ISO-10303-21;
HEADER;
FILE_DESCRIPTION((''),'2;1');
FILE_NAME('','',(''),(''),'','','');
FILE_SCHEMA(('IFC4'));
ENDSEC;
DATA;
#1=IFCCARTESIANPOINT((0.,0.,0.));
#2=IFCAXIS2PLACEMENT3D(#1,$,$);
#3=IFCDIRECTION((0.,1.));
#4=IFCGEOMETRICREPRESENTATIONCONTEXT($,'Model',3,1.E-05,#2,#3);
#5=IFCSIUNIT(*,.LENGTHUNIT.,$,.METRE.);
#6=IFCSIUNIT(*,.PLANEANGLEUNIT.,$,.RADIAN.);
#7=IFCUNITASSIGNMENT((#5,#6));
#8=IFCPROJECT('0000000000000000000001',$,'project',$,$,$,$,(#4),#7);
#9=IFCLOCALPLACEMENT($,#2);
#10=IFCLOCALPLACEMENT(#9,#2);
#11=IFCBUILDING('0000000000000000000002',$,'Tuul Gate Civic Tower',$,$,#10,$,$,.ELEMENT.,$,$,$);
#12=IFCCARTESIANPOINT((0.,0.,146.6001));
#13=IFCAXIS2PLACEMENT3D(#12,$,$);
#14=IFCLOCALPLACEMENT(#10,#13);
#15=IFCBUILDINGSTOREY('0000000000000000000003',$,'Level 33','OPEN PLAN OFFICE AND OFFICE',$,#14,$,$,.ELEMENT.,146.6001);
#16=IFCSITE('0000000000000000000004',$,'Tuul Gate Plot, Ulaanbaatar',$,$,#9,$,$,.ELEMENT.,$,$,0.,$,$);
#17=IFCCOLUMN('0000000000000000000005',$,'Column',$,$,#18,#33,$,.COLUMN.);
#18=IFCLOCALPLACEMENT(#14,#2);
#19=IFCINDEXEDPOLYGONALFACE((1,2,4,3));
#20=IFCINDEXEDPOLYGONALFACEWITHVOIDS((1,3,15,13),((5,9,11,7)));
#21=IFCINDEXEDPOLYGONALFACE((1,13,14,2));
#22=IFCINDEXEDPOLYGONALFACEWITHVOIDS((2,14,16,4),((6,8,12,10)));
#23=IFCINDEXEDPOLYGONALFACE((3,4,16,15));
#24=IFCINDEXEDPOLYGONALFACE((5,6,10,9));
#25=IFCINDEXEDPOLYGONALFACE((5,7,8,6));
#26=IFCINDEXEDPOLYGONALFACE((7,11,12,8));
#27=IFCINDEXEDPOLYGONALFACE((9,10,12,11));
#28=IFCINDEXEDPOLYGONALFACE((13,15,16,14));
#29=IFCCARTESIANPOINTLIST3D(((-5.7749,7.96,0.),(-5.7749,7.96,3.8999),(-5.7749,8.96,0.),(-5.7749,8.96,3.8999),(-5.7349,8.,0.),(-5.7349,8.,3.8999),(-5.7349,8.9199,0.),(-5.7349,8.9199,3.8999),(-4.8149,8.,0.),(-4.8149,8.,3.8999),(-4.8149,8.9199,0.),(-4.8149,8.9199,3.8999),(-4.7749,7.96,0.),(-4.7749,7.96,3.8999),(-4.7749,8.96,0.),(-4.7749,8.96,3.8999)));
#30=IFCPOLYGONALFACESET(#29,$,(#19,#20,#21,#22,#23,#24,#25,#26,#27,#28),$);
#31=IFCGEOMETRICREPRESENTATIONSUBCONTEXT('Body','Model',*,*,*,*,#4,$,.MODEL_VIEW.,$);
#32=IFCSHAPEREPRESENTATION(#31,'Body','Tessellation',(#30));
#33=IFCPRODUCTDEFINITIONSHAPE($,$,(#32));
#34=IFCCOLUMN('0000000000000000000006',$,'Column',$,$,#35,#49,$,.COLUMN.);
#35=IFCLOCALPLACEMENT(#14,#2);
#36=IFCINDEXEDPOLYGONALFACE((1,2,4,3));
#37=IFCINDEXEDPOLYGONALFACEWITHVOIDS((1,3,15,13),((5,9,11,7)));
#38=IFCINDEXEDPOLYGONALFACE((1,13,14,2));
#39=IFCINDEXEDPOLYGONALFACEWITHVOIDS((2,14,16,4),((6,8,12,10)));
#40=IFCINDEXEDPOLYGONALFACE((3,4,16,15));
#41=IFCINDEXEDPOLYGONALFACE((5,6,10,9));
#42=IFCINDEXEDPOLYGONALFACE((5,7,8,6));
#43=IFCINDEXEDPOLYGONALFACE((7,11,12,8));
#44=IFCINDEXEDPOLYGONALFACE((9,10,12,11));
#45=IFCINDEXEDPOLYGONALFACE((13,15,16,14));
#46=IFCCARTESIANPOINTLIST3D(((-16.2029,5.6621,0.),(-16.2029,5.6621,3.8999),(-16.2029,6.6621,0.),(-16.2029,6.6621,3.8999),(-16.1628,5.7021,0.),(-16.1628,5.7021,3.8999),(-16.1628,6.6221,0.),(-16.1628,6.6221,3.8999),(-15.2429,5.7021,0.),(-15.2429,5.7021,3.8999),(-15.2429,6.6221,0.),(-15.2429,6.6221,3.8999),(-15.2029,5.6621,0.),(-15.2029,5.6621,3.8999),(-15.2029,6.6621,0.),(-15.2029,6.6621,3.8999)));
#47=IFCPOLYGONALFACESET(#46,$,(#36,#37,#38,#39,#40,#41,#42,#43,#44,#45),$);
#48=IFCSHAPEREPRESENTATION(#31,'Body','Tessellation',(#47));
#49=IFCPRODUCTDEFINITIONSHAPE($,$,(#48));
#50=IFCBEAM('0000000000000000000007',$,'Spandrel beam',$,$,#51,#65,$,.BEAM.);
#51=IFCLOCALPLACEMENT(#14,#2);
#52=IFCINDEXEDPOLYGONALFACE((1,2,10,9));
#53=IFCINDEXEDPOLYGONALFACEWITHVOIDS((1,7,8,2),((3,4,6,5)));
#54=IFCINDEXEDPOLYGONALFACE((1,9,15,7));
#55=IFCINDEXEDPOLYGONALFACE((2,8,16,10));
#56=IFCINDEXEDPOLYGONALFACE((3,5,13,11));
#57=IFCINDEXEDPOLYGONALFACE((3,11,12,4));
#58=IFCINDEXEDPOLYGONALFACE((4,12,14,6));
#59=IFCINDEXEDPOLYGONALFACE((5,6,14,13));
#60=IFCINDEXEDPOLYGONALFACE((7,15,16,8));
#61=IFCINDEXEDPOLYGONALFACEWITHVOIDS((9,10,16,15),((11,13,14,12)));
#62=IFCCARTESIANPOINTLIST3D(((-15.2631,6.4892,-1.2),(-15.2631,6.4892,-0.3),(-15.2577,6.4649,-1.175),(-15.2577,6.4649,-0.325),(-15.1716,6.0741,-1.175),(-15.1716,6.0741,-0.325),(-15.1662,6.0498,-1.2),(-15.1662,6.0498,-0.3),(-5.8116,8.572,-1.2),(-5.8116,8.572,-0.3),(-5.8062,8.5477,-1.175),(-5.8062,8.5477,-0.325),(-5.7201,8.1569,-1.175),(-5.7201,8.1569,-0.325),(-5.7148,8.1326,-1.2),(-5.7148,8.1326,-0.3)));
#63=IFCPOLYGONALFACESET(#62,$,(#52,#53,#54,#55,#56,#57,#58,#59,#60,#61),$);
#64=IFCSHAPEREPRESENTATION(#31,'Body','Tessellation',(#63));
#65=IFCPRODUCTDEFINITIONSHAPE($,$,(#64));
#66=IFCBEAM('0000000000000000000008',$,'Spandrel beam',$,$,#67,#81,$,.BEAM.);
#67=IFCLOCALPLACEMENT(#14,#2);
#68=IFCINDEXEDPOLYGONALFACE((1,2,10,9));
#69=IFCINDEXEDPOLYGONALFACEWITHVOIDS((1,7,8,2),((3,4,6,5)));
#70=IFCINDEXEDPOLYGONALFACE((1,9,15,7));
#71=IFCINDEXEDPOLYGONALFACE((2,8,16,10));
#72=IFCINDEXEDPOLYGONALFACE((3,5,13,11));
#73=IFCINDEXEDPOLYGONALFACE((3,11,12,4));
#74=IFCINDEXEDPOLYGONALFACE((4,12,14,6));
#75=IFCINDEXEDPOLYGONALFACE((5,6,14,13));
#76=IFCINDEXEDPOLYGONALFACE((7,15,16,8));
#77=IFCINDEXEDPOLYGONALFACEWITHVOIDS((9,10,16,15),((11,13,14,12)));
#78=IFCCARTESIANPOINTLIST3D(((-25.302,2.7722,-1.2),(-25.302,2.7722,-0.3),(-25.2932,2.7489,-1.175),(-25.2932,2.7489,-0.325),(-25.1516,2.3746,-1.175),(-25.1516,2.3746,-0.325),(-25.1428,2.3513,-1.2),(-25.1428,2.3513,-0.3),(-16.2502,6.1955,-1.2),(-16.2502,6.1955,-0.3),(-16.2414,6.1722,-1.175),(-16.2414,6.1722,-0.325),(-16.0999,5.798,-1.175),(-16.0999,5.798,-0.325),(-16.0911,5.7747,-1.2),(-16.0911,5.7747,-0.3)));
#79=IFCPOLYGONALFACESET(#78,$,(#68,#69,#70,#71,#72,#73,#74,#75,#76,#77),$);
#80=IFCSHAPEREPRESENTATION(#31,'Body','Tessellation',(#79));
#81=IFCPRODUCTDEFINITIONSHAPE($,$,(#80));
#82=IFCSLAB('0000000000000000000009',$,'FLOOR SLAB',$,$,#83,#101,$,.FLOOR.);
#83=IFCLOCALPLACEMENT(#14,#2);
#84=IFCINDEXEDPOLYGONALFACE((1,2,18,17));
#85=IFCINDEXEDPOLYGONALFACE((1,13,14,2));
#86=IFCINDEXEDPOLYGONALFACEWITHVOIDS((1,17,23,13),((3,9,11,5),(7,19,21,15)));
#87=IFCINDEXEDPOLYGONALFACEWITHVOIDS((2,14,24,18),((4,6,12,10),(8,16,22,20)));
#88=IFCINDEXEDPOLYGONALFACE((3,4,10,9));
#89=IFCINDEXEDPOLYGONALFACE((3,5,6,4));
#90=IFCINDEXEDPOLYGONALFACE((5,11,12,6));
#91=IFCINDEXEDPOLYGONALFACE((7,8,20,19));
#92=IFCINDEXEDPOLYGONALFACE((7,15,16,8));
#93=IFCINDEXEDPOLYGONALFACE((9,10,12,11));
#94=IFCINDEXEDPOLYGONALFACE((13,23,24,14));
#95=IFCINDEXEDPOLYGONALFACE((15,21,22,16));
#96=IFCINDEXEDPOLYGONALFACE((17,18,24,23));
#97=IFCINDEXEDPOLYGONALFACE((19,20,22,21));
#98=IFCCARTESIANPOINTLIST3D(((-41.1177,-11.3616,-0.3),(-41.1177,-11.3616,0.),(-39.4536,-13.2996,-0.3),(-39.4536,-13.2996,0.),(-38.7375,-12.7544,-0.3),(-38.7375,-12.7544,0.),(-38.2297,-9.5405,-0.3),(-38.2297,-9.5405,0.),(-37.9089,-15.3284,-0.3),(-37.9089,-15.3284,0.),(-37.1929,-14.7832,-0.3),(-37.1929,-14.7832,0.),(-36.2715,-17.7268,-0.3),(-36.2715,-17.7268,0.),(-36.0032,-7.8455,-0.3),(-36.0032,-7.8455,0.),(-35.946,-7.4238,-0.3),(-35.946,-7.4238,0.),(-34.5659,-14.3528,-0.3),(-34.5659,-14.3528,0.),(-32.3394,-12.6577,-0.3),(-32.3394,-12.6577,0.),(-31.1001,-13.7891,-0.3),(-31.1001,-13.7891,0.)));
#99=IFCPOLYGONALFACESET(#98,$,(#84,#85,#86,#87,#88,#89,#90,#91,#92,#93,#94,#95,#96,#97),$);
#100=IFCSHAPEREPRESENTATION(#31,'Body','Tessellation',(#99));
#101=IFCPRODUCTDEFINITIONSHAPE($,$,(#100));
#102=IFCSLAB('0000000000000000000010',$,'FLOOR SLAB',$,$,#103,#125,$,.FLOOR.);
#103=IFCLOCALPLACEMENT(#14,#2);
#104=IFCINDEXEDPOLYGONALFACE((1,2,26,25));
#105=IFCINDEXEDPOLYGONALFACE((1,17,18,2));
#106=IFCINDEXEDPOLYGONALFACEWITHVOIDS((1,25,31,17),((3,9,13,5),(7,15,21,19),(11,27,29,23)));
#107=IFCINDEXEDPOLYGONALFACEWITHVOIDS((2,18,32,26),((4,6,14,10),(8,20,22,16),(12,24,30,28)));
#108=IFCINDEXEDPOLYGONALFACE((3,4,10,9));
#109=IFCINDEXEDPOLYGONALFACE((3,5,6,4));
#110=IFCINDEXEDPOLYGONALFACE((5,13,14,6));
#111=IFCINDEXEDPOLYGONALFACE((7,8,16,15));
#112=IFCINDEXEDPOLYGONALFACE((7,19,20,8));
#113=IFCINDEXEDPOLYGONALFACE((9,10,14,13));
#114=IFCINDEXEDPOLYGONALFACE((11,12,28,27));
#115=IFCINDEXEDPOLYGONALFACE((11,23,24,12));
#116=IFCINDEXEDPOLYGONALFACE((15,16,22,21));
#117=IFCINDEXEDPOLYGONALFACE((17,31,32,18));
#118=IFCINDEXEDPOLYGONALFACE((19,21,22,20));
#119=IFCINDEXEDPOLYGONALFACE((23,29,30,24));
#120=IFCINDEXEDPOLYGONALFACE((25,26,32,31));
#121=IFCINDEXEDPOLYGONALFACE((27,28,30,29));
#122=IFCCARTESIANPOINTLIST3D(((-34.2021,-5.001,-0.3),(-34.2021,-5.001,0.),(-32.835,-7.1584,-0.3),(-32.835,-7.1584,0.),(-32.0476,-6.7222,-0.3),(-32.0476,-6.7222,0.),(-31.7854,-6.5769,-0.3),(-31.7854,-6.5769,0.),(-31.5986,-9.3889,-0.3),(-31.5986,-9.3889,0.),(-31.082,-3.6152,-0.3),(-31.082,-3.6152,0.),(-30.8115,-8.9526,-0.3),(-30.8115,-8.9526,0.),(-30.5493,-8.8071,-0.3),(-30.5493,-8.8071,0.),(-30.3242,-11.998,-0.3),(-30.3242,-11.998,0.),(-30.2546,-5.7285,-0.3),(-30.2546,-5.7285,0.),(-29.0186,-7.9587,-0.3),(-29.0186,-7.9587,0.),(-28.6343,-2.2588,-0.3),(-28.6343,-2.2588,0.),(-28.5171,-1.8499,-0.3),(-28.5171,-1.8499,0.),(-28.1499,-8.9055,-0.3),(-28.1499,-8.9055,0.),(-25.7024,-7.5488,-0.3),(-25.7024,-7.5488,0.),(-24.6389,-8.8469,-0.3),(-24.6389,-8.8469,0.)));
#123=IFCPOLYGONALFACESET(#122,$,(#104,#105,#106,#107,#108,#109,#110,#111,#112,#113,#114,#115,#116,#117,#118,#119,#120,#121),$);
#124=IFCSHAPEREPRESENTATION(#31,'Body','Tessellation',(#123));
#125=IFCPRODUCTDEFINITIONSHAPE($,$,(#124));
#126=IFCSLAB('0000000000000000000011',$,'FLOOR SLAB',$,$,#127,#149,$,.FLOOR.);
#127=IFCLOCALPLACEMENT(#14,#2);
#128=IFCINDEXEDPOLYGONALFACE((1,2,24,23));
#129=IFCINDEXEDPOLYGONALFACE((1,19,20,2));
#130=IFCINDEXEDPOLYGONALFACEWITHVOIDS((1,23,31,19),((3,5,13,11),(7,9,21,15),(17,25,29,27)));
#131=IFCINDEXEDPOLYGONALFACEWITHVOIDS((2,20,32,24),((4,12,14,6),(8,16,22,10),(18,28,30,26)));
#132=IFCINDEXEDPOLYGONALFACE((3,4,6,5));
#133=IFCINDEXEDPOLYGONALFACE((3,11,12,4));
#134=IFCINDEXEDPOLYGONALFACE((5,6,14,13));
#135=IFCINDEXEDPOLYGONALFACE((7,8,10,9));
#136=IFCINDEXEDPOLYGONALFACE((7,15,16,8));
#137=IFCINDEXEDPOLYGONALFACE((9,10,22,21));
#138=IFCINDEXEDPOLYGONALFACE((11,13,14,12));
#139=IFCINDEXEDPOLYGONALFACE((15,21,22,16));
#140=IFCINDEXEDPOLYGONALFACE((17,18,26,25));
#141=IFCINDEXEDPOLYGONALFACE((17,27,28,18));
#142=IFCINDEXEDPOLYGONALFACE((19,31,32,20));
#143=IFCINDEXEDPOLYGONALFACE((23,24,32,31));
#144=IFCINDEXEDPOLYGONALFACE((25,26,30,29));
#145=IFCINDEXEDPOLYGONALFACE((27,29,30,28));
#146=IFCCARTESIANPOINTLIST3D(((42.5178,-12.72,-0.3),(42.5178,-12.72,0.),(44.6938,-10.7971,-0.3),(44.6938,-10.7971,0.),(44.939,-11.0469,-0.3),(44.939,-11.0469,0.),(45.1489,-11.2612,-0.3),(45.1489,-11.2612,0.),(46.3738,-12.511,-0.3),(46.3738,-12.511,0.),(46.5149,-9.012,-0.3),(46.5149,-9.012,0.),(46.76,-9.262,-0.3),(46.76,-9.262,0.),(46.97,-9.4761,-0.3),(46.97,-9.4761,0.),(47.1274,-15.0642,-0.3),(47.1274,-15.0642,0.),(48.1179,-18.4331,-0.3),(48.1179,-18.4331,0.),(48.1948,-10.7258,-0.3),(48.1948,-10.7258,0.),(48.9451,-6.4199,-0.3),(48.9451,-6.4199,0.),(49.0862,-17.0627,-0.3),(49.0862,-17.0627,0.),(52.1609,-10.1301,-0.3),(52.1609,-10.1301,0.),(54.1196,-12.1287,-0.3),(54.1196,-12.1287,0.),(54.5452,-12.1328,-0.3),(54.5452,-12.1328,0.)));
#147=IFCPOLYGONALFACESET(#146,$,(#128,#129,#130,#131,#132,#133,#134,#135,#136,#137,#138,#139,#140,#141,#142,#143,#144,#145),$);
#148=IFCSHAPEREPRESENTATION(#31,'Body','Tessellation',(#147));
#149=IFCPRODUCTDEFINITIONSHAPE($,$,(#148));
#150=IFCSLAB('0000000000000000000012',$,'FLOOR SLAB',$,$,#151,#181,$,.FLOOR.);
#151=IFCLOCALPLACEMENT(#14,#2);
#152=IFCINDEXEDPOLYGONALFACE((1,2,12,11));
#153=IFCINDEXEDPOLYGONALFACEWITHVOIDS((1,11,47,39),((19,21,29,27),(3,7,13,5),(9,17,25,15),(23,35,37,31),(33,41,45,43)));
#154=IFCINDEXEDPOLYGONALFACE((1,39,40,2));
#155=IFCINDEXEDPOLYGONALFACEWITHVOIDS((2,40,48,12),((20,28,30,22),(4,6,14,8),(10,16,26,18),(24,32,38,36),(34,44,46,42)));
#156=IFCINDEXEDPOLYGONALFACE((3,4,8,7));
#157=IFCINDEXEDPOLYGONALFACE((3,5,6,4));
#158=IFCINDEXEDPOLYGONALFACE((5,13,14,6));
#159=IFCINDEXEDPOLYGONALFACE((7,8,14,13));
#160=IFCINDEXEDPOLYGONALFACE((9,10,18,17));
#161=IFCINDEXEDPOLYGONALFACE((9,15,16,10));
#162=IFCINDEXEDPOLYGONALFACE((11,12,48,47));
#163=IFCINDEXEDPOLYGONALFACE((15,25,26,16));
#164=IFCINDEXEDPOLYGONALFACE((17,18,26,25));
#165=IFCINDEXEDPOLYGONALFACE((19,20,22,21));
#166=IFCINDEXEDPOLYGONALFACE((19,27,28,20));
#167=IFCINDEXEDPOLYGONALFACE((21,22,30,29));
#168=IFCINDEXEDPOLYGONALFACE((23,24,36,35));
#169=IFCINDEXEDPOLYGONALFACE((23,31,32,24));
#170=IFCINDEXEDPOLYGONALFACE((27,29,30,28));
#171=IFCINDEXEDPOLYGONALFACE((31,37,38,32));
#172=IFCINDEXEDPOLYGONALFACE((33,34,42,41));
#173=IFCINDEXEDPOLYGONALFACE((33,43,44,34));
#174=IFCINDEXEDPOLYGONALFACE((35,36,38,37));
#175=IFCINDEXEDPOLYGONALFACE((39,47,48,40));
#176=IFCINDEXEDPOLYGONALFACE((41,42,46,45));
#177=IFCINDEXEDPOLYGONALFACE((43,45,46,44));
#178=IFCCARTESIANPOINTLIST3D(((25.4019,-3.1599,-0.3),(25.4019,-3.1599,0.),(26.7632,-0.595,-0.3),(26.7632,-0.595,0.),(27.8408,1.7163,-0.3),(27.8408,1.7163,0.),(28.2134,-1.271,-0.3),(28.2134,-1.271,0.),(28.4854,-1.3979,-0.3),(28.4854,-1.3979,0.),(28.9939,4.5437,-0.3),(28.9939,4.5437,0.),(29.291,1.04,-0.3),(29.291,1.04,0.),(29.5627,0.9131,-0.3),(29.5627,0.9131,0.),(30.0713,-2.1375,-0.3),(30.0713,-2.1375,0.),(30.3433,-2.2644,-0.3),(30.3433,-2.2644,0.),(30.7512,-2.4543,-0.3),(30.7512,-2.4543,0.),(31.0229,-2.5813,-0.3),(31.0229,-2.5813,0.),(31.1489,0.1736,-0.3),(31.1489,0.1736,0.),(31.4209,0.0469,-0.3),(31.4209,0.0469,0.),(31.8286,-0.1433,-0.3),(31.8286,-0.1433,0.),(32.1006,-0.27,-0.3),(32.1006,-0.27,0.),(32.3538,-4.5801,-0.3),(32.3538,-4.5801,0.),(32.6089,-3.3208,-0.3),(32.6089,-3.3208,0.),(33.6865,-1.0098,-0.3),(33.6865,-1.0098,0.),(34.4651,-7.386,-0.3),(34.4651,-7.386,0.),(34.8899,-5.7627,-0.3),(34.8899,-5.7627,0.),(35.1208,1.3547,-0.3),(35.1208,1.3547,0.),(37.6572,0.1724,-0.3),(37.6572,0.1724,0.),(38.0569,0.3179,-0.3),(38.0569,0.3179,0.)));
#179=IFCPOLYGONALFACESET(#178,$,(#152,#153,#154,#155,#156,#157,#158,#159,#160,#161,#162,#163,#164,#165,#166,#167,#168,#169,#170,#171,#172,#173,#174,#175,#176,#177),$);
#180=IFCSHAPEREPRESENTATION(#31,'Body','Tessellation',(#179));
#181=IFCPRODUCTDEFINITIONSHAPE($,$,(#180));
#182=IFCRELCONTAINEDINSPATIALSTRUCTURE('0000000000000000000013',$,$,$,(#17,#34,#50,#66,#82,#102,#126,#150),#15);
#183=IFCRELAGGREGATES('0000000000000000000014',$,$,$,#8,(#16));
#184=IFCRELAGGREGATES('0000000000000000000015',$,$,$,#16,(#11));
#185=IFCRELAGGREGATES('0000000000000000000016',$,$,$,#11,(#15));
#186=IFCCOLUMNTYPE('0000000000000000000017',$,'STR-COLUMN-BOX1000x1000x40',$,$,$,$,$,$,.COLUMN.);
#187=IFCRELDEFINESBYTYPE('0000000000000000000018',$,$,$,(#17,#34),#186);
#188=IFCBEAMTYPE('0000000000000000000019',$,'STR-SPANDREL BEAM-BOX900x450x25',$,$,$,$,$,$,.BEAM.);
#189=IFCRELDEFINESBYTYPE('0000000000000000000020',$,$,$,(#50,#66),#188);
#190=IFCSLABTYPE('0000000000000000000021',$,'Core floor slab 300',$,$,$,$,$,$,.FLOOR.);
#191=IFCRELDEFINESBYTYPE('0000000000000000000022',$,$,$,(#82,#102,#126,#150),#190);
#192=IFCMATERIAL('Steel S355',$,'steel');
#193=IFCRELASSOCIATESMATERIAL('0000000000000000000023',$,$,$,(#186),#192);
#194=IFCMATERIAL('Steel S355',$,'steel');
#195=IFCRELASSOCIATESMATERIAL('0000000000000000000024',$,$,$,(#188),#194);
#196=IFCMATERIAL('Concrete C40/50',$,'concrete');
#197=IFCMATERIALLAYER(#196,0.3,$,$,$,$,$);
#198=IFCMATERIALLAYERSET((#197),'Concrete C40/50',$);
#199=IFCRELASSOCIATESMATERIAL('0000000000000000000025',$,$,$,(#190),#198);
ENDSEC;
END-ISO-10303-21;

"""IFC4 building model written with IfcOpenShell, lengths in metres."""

from ifc_helpers import new_model, si_unit, direction, frame, origin, origin_2d, place, context, subcontext, project, spatial, polyline, hollow_rectangle, outline, extrude, material, layer, layer_set, material_profile, profile_set, type_object, element, save


model = new_model("IFC4")

# Units and contexts
model_context = context("Model", 3, precision=1e-05, world=origin(), true_north=direction((0.0, 1.0)))
body_context = subcontext(model_context, "Body", "Model", "MODEL_VIEW")
ifc_project = project(units=[si_unit("LENGTHUNIT", "METRE"), si_unit("PLANEANGLEUNIT", "RADIAN")], contexts=[model_context])

# Site, building, storey
site_placement = place(None, origin())
site = spatial("IfcSite", under=ifc_project, at=site_placement, Name="Tuul Gate Plot, Ulaanbaatar", CompositionType="ELEMENT", RefElevation=0.0)
building_placement = place(site_placement, origin())
building = spatial("IfcBuilding", under=site, at=building_placement, Name="Tuul Gate Civic Tower", CompositionType="ELEMENT")
storey_placement = place(building_placement, frame((0.0, 0.0, 146.6001)))
storey = spatial("IfcBuildingStorey", under=building, at=storey_placement, Name="Level 33", Description="OPEN PLAN OFFICE AND OFFICE", CompositionType="ELEMENT", Elevation=146.6001)

# Columns
ifc_material_1 = material(Name="Steel S355", Category="steel")
ifc_material_profile_1 = material_profile(ifc_material_1, hollow_rectangle(XDim=1.0, YDim=1.0, WallThickness=0.04, at=origin_2d()), Name="BOX1000x1000x40")
ifc_profile_set_1 = profile_set([ifc_material_profile_1], Name="Steel S355")
column_type = type_object("IfcColumnType", Name="STR-COLUMN-BOX1000x1000x40", PredefinedType="COLUMN", material=ifc_profile_set_1)
for number, where, z_axis, x_axis, name in (
    (1, (-5.2749, 8.46, 0.0), (0.0, 0.0, 1.0), (1.0, 0.0, 0.0), "Column"),
    (2, (-15.7029, 6.1621, 0.0), (0.0, 0.0, 1.0), (1.0, 0.0, 0.0), "Column"),
):
    element("IfcColumn", number, at=place(storey_placement, frame(where, z_axis=z_axis, x_axis=x_axis)), inside=storey, type_object=column_type, Name=name, PredefinedType="COLUMN", context=body_context, shape_type="SweptSolid", body=[
        extrude(hollow_rectangle(XDim=1.0, YDim=1.0, WallThickness=0.04, at=origin_2d()), origin(), (0.0, 0.0, 1.0), 3.8999),
    ])

# Beams
ifc_material_2 = material(Name="Steel S355", Category="steel")
ifc_material_profile_2 = material_profile(ifc_material_2, hollow_rectangle(XDim=0.45, YDim=0.8999, WallThickness=0.0249, at=origin_2d()), Name="BOX900x450x25")
ifc_profile_set_2 = profile_set([ifc_material_profile_2], Name="Steel S355")
beam_type = type_object("IfcBeamType", Name="STR-SPANDREL BEAM-BOX900x450x25", PredefinedType="BEAM", material=ifc_profile_set_2)
beam_1_placement = place(storey_placement, frame((-5.7632, 8.3523, -0.75), z_axis=(-0.97657, -0.215202, 0.0), x_axis=(0.215202, -0.97657, 0.0)))
element("IfcBeam", 3, at=beam_1_placement, inside=storey, type_object=beam_type, Name="Spandrel beam", PredefinedType="BEAM", context=body_context, shape_type="SweptSolid", body=[
    extrude(hollow_rectangle(XDim=0.45, YDim=0.8999, WallThickness=0.0249, at=origin_2d()), origin(), (0.0, 0.0, 1.0), 9.6782),
])
beam_2_placement = place(storey_placement, frame((-16.1707, 5.9851, -0.75), z_axis=(-0.935343, -0.353743, 0.0), x_axis=(0.353743, -0.935343, 0.0)))
element("IfcBeam", 4, at=beam_2_placement, inside=storey, type_object=beam_type, Name="Spandrel beam", PredefinedType="BEAM", context=body_context, shape_type="SweptSolid", body=[
    extrude(hollow_rectangle(XDim=0.45, YDim=0.8999, WallThickness=0.0249, at=origin_2d()), origin(), (0.0, 0.0, 1.0), 9.6775),
])

# Slabs
ifc_material_3 = material(Name="Concrete C40/50", Category="concrete")
ifc_layer_1 = layer(ifc_material_3, 0.3)
ifc_layer_set_1 = layer_set([ifc_layer_1], Name="Concrete C40/50")
slab_type_1 = type_object("IfcSlabType", Name="Core floor slab 300", PredefinedType="FLOOR", material=ifc_layer_set_1)
slab_1_placement = place(storey_placement, frame((0.0, 0.0, -0.3)))
element("IfcSlab", 5, at=slab_1_placement, inside=storey, type_object=slab_type_1, Name="FLOOR SLAB", PredefinedType="FLOOR", context=body_context, shape_type="SweptSolid", body=[
    extrude(outline(polyline([(-31.1001, -13.7891), (-35.946, -7.4238), (-41.1177, -11.3616), (-36.2715, -17.7268), (-31.1001, -13.7891)]), holes=[polyline([(-37.1929, -14.7832), (-38.7375, -12.7544), (-39.4536, -13.2996), (-37.9089, -15.3284), (-37.1929, -14.7832)]), polyline([(-32.3394, -12.6577), (-34.5659, -14.3528), (-38.2297, -9.5405), (-36.0032, -7.8455), (-32.3394, -12.6577)])]), origin(), (0.0, 0.0, 1.0), 0.3),
])
slab_2_placement = place(storey_placement, frame((0.0, 0.0, -0.3)))
element("IfcSlab", 6, at=slab_2_placement, inside=storey, type_object=slab_type_1, Name="FLOOR SLAB", PredefinedType="FLOOR", context=body_context, shape_type="SweptSolid", body=[
    extrude(outline(polyline([(-24.6389, -8.8469), (-28.5171, -1.8499), (-34.2021, -5.001), (-30.3242, -11.998), (-24.6389, -8.8469)]), holes=[polyline([(-29.0186, -7.9587), (-30.2546, -5.7285), (-31.7854, -6.5769), (-30.5493, -8.8071), (-29.0186, -7.9587)]), polyline([(-30.8115, -8.9526), (-32.0476, -6.7222), (-32.835, -7.1584), (-31.5986, -9.3889), (-30.8115, -8.9526)]), polyline([(-25.7024, -7.5488), (-28.1499, -8.9055), (-31.082, -3.6152), (-28.6343, -2.2588), (-25.7024, -7.5488)])]), origin(), (0.0, 0.0, 1.0), 0.3),
])
slab_3_placement = place(storey_placement, frame((0.0, 0.0, -0.3)))
element("IfcSlab", 7, at=slab_3_placement, inside=storey, type_object=slab_type_1, Name="FLOOR SLAB", PredefinedType="FLOOR", context=body_context, shape_type="SweptSolid", body=[
    extrude(outline(polyline([(48.1179, -18.4331), (54.5452, -12.1328), (48.9451, -6.4199), (42.5178, -12.72), (48.1179, -18.4331)]), holes=[polyline([(46.3738, -12.511), (48.1948, -10.7258), (46.97, -9.4761), (45.1489, -11.2612), (46.3738, -12.511)]), polyline([(44.939, -11.0469), (46.76, -9.262), (46.5149, -9.012), (44.6938, -10.7971), (44.939, -11.0469)]), polyline([(49.0862, -17.0627), (47.1274, -15.0642), (52.1609, -10.1301), (54.1196, -12.1287), (49.0862, -17.0627)])]), origin(), (0.0, 0.0, 1.0), 0.3),
])
slab_4_placement = place(storey_placement, frame((0.0, 0.0, -0.3)))
element("IfcSlab", 8, at=slab_4_placement, inside=storey, type_object=slab_type_1, Name="FLOOR SLAB", PredefinedType="FLOOR", context=body_context, shape_type="SweptSolid", body=[
    extrude(outline(polyline([(34.4651, -7.386), (38.0569, 0.3179), (28.9939, 4.5437), (25.4019, -3.1599), (34.4651, -7.386)]), holes=[polyline([(32.6089, -3.3208), (33.6865, -1.0098), (32.1006, -0.27), (31.0229, -2.5813), (32.6089, -3.3208)]), polyline([(30.0713, -2.1375), (31.1489, 0.1736), (29.5627, 0.9131), (28.4854, -1.3979), (30.0713, -2.1375)]), polyline([(30.7512, -2.4543), (31.8286, -0.1433), (31.4209, 0.0469), (30.3433, -2.2644), (30.7512, -2.4543)]), polyline([(28.2134, -1.271), (29.291, 1.04), (27.8408, 1.7163), (26.7632, -0.595), (28.2134, -1.271)]), polyline([(34.8899, -5.7627), (32.3538, -4.5801), (35.1208, 1.3547), (37.6572, 0.1724), (34.8899, -5.7627)])]), origin(), (0.0, 0.0, 1.0), 0.3),
])

save(model, "model.ifc")
